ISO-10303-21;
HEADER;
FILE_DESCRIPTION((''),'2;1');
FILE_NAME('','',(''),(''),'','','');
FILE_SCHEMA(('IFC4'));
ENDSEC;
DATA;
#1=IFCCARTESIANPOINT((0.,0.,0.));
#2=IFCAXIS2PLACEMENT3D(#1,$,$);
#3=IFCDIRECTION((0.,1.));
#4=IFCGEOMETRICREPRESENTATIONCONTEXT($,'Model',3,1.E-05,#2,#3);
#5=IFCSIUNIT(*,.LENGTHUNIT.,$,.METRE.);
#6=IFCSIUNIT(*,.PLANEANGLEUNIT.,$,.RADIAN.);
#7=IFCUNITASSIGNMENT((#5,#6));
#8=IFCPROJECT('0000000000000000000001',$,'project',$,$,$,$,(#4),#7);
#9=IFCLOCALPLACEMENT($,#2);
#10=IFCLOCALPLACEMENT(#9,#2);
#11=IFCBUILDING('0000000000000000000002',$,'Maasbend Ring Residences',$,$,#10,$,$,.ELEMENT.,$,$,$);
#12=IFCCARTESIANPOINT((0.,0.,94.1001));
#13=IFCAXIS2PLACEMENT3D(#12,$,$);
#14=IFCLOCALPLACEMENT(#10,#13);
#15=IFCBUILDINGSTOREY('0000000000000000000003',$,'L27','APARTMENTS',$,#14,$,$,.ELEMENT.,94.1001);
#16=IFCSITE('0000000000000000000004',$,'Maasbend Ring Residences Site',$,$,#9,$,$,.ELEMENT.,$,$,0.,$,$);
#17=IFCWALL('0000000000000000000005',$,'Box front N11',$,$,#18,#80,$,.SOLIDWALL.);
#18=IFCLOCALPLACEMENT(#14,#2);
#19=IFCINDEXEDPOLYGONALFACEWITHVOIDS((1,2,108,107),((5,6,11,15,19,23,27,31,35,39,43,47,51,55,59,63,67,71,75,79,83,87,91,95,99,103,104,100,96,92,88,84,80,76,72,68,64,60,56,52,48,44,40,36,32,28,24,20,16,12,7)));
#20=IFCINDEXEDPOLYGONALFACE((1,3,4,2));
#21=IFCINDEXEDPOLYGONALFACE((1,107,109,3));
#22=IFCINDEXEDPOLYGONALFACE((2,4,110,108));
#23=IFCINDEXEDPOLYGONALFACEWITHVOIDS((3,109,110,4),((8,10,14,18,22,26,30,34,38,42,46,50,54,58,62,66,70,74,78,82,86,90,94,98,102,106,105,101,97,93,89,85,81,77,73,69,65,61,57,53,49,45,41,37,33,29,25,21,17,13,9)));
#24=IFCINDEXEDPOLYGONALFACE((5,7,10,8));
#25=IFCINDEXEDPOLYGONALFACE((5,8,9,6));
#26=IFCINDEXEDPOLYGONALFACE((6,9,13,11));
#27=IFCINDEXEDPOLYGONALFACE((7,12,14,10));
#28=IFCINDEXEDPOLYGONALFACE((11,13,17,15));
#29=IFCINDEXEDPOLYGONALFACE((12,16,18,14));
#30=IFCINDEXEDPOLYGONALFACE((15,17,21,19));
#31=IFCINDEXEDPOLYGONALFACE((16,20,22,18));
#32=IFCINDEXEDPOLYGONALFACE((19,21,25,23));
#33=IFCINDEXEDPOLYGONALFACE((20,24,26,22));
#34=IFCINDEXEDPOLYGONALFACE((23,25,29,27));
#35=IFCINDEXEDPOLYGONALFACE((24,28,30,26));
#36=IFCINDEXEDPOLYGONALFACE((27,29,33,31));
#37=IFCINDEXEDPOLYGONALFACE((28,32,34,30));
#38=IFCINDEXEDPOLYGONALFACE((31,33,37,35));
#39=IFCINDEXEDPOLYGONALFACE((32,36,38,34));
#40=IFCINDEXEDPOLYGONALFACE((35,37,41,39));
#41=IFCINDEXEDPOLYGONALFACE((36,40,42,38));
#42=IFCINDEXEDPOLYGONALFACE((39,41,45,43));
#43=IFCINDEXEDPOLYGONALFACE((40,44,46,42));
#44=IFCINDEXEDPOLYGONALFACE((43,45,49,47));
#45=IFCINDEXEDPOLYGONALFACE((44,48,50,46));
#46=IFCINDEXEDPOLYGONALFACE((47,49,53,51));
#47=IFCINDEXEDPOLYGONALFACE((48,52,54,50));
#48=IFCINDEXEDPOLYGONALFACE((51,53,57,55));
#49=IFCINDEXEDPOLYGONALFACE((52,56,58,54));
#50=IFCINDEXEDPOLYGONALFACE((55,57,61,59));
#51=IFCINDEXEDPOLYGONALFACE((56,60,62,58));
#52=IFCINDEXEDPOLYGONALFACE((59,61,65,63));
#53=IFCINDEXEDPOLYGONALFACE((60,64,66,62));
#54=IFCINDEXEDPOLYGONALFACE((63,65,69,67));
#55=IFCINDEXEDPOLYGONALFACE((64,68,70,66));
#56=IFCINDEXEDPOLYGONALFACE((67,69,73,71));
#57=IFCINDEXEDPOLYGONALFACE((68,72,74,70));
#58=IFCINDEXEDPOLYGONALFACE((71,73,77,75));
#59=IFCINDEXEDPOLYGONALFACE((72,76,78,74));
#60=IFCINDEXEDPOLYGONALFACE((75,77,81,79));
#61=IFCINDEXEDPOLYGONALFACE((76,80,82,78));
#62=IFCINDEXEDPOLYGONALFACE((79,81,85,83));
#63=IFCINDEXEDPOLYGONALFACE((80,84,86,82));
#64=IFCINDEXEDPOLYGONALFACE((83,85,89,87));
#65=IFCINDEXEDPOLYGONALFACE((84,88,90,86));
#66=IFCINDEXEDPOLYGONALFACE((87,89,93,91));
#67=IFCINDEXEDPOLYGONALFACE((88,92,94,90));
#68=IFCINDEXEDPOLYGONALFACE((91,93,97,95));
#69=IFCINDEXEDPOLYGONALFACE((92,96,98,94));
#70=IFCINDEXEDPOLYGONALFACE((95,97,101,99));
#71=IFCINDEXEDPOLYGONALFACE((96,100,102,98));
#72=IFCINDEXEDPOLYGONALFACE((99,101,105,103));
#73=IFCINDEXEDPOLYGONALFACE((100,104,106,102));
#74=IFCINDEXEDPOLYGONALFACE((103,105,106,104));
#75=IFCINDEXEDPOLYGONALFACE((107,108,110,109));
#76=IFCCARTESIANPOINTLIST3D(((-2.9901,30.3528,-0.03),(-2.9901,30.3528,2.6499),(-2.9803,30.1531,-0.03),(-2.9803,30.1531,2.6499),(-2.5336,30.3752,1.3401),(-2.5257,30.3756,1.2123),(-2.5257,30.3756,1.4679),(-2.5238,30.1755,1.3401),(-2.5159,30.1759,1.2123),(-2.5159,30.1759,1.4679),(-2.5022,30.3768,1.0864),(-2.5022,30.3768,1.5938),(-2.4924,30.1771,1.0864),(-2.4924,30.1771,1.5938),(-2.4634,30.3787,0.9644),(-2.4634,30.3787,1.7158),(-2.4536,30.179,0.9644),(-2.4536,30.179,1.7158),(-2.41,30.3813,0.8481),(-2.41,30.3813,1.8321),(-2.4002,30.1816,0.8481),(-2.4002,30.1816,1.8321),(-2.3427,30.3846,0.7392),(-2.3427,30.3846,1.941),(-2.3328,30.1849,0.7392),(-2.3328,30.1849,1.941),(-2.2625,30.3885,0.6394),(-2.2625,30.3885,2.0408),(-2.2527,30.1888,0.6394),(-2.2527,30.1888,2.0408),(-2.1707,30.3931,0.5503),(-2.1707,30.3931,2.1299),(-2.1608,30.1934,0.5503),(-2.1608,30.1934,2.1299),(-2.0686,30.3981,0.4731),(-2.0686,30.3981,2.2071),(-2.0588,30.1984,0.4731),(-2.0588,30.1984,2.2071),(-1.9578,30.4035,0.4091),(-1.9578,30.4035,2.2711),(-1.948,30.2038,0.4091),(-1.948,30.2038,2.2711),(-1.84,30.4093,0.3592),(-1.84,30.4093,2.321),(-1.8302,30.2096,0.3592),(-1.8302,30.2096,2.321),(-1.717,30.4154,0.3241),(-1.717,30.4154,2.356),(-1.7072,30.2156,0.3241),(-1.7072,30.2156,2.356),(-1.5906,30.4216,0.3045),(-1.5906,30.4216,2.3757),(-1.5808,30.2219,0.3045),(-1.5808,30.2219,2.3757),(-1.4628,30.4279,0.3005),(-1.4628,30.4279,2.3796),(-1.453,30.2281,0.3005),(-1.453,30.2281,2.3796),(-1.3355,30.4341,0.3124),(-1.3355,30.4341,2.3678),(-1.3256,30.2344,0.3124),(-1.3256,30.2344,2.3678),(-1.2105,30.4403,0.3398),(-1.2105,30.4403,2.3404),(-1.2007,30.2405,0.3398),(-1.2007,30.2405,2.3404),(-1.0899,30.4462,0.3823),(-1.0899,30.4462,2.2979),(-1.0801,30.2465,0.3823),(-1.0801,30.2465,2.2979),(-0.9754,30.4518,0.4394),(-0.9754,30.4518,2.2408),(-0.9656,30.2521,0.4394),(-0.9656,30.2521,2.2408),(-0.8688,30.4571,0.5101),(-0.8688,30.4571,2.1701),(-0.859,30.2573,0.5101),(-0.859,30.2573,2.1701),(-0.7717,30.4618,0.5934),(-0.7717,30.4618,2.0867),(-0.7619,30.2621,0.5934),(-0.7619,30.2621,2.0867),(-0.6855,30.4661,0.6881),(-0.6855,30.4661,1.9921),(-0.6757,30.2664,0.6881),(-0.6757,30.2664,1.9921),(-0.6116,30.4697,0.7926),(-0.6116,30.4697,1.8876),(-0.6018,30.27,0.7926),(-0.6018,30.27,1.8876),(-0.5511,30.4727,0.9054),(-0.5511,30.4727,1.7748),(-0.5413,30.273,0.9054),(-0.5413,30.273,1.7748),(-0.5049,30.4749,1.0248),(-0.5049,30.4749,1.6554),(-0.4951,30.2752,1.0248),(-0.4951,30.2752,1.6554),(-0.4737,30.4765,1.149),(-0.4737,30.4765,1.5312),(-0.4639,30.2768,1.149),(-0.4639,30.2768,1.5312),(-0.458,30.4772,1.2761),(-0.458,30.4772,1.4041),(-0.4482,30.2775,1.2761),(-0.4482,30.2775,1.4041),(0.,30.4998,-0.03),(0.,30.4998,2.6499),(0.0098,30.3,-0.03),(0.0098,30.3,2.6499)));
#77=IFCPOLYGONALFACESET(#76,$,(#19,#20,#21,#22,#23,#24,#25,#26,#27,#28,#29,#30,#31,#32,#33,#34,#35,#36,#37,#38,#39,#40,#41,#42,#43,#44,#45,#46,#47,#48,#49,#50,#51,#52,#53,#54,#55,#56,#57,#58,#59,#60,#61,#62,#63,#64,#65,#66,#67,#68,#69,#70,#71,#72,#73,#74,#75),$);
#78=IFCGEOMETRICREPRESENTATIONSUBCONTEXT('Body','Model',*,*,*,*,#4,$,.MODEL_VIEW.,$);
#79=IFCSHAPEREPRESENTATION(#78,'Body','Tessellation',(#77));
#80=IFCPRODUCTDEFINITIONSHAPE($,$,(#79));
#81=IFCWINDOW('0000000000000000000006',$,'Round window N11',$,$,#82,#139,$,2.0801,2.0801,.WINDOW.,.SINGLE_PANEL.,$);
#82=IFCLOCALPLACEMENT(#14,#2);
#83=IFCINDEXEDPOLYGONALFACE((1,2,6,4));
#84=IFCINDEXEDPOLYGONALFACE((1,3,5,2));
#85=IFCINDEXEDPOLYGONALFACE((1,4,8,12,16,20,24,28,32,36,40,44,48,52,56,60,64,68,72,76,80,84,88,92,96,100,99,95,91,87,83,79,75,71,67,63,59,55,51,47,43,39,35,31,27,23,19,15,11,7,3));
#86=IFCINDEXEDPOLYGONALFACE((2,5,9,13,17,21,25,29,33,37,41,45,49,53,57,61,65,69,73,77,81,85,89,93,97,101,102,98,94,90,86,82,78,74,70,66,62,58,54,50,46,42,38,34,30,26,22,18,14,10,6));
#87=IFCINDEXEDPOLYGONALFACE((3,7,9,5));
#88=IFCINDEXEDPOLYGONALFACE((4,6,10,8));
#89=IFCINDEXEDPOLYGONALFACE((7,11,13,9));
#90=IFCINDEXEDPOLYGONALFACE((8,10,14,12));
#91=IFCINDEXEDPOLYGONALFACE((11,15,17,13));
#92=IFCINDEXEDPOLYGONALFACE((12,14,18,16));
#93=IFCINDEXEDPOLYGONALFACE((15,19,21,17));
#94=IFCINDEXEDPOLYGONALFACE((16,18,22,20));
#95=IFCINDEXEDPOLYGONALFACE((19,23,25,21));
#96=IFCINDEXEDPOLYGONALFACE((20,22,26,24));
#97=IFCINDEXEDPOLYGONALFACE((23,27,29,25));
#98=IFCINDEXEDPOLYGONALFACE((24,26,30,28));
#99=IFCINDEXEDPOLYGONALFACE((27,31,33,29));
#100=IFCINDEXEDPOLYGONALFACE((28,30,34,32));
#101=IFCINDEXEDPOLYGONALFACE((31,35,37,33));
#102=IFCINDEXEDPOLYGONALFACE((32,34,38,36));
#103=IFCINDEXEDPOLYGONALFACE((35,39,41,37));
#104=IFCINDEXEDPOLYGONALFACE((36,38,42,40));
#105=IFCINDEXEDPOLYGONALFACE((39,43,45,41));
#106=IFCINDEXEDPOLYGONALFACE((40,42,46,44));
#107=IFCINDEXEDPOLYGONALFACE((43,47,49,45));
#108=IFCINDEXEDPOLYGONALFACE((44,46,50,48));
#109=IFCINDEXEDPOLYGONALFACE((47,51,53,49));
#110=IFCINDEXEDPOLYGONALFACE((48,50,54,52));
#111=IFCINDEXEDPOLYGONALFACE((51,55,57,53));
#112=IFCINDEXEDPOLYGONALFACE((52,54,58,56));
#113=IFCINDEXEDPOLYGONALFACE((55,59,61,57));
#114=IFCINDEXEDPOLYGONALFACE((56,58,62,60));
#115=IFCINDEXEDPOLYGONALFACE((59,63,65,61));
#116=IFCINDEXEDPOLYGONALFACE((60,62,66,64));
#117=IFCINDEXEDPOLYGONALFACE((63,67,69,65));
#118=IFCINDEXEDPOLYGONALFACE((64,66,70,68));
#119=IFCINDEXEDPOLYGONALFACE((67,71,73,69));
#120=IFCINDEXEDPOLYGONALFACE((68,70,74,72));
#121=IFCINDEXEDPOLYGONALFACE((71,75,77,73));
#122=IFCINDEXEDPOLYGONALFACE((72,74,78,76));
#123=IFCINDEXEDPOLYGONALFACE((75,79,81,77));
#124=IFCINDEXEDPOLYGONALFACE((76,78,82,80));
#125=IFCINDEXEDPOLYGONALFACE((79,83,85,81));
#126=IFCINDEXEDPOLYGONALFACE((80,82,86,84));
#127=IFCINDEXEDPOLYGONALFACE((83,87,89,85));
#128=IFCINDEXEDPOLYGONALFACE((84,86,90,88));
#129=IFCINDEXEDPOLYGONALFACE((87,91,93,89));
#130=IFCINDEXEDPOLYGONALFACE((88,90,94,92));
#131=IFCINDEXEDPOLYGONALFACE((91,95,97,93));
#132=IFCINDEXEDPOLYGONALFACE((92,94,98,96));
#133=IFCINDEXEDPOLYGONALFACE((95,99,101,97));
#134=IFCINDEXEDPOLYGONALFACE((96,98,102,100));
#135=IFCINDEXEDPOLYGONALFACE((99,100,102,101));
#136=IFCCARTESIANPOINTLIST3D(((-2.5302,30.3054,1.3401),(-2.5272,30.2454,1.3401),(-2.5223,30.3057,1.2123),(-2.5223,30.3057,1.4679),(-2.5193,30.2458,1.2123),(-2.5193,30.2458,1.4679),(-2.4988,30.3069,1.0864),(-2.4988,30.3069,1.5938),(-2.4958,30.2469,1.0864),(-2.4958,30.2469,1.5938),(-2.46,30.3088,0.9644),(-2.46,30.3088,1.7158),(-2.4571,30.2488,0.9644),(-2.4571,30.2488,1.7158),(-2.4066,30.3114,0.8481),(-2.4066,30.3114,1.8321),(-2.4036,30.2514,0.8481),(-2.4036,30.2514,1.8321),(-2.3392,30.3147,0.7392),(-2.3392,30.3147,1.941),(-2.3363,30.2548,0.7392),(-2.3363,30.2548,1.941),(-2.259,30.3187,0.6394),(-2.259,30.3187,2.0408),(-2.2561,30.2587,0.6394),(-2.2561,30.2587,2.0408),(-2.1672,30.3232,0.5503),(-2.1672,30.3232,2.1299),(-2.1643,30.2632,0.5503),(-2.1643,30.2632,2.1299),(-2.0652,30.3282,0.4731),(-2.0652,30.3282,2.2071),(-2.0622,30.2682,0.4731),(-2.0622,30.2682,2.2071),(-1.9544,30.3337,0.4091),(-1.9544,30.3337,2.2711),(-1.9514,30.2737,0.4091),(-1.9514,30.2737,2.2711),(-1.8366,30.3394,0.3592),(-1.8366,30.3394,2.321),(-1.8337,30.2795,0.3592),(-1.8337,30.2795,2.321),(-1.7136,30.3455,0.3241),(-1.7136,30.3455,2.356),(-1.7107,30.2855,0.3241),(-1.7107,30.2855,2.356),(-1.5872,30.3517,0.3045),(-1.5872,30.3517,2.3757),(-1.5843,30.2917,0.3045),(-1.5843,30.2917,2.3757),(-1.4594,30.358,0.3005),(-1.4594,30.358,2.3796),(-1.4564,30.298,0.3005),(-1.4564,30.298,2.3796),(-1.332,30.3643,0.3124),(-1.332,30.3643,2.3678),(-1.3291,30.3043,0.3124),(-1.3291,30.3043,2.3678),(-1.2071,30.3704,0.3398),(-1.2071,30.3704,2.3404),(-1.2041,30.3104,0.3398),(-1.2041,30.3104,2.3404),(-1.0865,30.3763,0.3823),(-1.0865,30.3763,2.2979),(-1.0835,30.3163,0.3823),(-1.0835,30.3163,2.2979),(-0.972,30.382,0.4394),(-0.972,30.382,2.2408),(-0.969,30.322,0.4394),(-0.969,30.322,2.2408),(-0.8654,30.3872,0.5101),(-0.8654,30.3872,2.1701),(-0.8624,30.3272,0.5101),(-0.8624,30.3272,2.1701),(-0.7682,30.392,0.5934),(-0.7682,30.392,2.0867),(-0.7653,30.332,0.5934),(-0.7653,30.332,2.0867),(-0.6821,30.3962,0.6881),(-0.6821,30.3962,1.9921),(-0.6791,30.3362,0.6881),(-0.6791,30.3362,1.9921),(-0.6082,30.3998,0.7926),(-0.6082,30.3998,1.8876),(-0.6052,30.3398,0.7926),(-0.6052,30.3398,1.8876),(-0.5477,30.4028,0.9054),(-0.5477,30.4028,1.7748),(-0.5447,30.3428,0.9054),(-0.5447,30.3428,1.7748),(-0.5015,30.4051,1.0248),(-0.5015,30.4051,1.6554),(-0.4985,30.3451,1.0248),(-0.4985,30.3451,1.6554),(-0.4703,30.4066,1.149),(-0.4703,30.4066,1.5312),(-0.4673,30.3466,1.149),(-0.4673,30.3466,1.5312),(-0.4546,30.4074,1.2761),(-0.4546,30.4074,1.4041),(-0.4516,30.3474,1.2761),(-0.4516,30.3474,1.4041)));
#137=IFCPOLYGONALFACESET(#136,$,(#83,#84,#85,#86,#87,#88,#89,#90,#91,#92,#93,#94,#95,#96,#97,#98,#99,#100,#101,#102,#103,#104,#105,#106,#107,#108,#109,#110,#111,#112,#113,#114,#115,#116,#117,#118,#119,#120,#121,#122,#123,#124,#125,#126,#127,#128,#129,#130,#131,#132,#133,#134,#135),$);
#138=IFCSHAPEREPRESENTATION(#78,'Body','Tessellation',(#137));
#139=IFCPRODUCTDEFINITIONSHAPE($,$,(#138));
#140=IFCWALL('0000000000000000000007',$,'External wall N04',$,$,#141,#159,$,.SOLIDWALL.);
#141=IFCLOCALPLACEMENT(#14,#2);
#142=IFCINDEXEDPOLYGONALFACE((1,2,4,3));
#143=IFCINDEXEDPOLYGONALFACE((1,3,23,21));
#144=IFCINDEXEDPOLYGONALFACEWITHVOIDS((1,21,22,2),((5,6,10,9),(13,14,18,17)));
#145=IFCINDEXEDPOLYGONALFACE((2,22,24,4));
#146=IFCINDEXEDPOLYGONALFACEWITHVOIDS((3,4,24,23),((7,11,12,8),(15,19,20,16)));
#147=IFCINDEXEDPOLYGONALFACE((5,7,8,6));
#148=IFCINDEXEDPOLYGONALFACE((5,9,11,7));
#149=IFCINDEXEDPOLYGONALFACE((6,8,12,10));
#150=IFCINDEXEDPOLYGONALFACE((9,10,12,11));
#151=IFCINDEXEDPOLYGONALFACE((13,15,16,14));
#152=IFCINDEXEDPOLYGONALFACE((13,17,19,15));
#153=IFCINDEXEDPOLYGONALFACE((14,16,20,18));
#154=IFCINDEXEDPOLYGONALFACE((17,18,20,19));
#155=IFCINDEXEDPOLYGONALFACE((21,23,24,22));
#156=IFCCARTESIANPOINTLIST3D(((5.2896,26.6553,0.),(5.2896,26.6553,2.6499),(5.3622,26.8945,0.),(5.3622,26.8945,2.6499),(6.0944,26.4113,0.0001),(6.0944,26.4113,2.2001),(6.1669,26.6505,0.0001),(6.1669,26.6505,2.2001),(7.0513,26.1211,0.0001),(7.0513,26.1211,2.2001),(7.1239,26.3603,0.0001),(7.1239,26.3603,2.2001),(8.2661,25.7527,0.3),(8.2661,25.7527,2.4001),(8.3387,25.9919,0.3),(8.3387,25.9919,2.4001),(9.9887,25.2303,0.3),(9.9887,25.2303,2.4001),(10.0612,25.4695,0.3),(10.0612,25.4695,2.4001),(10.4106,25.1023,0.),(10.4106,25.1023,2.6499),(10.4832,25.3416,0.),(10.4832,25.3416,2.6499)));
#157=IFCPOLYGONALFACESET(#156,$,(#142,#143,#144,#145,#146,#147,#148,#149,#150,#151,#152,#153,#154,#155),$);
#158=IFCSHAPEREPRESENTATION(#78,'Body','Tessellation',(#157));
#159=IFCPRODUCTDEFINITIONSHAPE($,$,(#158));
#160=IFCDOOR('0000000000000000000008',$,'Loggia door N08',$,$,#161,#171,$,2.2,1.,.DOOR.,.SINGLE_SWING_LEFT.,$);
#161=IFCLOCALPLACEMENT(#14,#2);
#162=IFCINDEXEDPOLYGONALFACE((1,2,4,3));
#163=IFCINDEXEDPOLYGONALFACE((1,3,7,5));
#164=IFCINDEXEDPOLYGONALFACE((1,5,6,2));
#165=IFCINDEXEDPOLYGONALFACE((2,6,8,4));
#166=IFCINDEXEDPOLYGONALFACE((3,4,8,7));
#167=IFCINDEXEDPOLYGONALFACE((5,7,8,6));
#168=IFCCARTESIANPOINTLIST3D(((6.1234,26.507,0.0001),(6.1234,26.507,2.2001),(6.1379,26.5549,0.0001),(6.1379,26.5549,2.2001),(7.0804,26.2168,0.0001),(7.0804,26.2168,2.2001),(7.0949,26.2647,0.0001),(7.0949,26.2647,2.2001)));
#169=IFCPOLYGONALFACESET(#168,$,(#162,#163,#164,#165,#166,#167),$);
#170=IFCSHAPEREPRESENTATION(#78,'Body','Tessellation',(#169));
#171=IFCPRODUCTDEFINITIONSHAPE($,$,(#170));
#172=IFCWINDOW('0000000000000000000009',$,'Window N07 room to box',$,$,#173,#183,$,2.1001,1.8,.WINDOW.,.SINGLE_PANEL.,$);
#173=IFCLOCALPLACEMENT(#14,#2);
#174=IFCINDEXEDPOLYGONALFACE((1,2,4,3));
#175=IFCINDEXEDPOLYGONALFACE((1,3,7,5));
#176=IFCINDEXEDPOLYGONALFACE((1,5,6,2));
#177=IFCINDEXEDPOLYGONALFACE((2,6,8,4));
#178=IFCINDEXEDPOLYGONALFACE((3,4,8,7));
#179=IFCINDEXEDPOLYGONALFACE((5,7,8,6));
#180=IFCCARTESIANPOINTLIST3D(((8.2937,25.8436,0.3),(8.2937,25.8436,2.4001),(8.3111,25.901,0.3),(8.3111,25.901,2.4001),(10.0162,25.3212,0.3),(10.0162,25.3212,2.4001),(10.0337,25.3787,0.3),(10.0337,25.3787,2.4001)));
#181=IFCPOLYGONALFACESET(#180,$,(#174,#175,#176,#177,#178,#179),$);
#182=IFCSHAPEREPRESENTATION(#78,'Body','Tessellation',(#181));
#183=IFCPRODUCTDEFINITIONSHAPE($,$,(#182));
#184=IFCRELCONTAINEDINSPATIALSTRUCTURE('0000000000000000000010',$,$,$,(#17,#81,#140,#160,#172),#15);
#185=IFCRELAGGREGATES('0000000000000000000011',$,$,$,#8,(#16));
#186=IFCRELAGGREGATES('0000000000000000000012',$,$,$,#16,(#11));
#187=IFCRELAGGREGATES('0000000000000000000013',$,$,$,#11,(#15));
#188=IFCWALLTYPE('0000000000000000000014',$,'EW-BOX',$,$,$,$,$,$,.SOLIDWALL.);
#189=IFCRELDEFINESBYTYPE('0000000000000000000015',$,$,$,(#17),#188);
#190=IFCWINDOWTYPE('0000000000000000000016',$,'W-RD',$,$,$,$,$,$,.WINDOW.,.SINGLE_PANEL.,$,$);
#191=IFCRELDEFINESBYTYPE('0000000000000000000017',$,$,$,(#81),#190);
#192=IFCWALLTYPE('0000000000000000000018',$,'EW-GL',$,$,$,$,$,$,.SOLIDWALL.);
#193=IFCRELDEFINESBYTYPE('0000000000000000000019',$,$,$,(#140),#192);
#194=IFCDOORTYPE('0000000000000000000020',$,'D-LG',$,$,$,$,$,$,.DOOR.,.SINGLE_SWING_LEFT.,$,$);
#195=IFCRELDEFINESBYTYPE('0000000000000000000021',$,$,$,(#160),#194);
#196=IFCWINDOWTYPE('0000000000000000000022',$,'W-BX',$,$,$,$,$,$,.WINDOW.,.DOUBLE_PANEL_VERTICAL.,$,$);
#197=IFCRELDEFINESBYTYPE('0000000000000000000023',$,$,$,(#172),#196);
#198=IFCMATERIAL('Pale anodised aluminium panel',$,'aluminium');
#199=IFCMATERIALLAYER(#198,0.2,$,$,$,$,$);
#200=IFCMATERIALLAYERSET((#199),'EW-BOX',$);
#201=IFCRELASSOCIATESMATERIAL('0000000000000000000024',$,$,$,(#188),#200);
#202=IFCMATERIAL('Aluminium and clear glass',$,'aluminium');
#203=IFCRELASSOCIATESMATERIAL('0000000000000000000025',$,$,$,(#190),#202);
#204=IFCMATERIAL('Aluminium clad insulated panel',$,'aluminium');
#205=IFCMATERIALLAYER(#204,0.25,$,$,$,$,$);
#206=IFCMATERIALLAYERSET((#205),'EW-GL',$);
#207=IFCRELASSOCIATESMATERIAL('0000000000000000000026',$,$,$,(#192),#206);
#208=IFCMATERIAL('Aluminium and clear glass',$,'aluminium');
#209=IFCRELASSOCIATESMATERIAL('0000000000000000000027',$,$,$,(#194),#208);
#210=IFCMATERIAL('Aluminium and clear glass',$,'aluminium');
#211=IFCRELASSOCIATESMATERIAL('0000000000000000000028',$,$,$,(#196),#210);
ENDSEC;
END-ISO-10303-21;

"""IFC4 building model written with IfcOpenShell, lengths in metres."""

from ifc_helpers import new_model, si_unit, direction, frame, frame_2d, origin, place, context, subcontext, project, spatial, rectangle, circle, extrude, material, layer, layer_set, type_object, element, fill, save


model = new_model("IFC4")

# Units and contexts
model_context = context("Model", 3, precision=1e-05, world=origin(), true_north=direction((0.0, 1.0)))
body_context = subcontext(model_context, "Body", "Model", "MODEL_VIEW")
ifc_project = project(units=[si_unit("LENGTHUNIT", "METRE"), si_unit("PLANEANGLEUNIT", "RADIAN")], contexts=[model_context])

# Site, building, storey
site_placement = place(None, origin())
site = spatial("IfcSite", under=ifc_project, at=site_placement, Name="Maasbend Ring Residences Site", CompositionType="ELEMENT", RefElevation=0.0)
building_placement = place(site_placement, origin())
building = spatial("IfcBuilding", under=site, at=building_placement, Name="Maasbend Ring Residences", CompositionType="ELEMENT")
storey_placement = place(building_placement, frame((0.0, 0.0, 94.1001)))
storey = spatial("IfcBuildingStorey", under=building, at=storey_placement, Name="L27", Description="APARTMENTS", CompositionType="ELEMENT", Elevation=94.1001)

# Shared definitions
ifc_material_1 = material(Name="Pale anodised aluminium panel", Category="aluminium")
ifc_layer_1 = layer(ifc_material_1, 0.2)
ifc_layer_set_1 = layer_set([ifc_layer_1], Name="EW-BOX")
wall_type_1 = type_object("IfcWallType", Name="EW-BOX", PredefinedType="SOLIDWALL", material=ifc_layer_set_1)

# Shared definitions
ifc_material_2 = material(Name="Aluminium and clear glass", Category="aluminium")
window_type_1 = type_object("IfcWindowType", Name="W-RD", PartitioningType="SINGLE_PANEL", PredefinedType="WINDOW", material=ifc_material_2)

# Wall, opening, window
wall_1_placement = place(storey_placement, frame((0.0049, 30.3999, -0.03), z_axis=(0.0, 0.0, 1.0), x_axis=(-0.998794, -0.049096, 0.0)))
wall_1 = element("IfcWall", 1, at=wall_1_placement, inside=storey, type_object=wall_type_1, Name="Box front N11", PredefinedType="SOLIDWALL", context=body_context, shape_type="SweptSolid", body=[
    extrude(rectangle(XDim=2.9937, YDim=0.2, at=frame_2d((1.4968, 0.0))), origin(), (0.0, 0.0, 1.0), 2.6799),
])
opening_1_placement = place(wall_1_placement, frame((0.4565, 0.0, 0.3301)))
opening_1 = element("IfcOpeningElement", 2, at=opening_1_placement, cuts=wall_1, PredefinedType="OPENING", context=body_context, shape_type="SweptSolid", body=[
    extrude(circle(Radius=1.04, at=frame_2d((1.04, 1.04))), frame((0.0, 0.1099, 0.0), z_axis=(0.0, -1.0, 0.0), x_axis=(1.0, 0.0, 0.0)), (0.0, 0.0, 1.0), 0.22),
])
window_1_placement = place(opening_1_placement, origin())
window_1 = element("IfcWindow", 3, at=window_1_placement, inside=storey, type_object=window_type_1, Name="Round window N11", OverallHeight=2.0801, OverallWidth=2.0801, PartitioningType="SINGLE_PANEL", PredefinedType="WINDOW", context=body_context, shape_type="SweptSolid", body=[
    extrude(circle(Radius=1.04, at=frame_2d((1.04, 1.04))), frame((0.0, 0.03, 0.0), z_axis=(0.0, -1.0, 0.0), x_axis=(1.0, 0.0, 0.0)), (0.0, 0.0, 1.0), 0.0601),
])
fill(opening_1, window_1)

# Wall, openings, door, window
ifc_material_3 = material(Name="Aluminium clad insulated panel", Category="aluminium")
ifc_layer_2 = layer(ifc_material_3, 0.25)
ifc_layer_set_2 = layer_set([ifc_layer_2], Name="EW-GL")
wall_type_2 = type_object("IfcWallType", Name="EW-GL", PredefinedType="SOLIDWALL", material=ifc_layer_set_2)
wall_2_placement = place(storey_placement, frame((10.447, 25.2219, 0.0), z_axis=(0.0, 0.0, 1.0), x_axis=(-0.956966, 0.290201, 0.0)))
wall_2 = element("IfcWall", 4, at=wall_2_placement, inside=storey, type_object=wall_type_2, Name="External wall N04", PredefinedType="SOLIDWALL", context=body_context, shape_type="SweptSolid", body=[
    extrude(rectangle(XDim=5.3513, YDim=0.25, at=frame_2d((2.6758, 0.0))), origin(), (0.0, 0.0, 1.0), 2.6499),
])
opening_2_placement = place(wall_2_placement, frame((0.4412, 0.0, 0.3)))
opening_2 = element("IfcOpeningElement", 5, at=opening_2_placement, cuts=wall_2, PredefinedType="OPENING", context=body_context, shape_type="SweptSolid", body=[
    extrude(rectangle(XDim=1.8, YDim=2.1001, at=frame_2d((0.8999, 1.05))), frame((0.0, 0.135, 0.0), z_axis=(0.0, -1.0, 0.0), x_axis=(1.0, 0.0, 0.0)), (0.0, 0.0, 1.0), 0.27),
])
opening_3_placement = place(wall_2_placement, frame((3.5105, 0.0, 0.0)))
opening_3 = element("IfcOpeningElement", 6, at=opening_3_placement, cuts=wall_2, PredefinedType="OPENING", context=body_context, shape_type="SweptSolid", body=[
    extrude(rectangle(XDim=1.0, YDim=2.2, at=frame_2d((0.5, 1.1001))), frame((0.0, 0.135, 0.0), z_axis=(0.0, -1.0, 0.0), x_axis=(1.0, 0.0, 0.0)), (0.0, 0.0, 1.0), 0.27),
])
ifc_material_4 = material(Name="Aluminium and clear glass", Category="aluminium")
door_type_1 = type_object("IfcDoorType", Name="D-LG", OperationType="SINGLE_SWING_LEFT", PredefinedType="DOOR", material=ifc_material_4)
door_1_placement = place(opening_3_placement, origin())
door_1 = element("IfcDoor", 7, at=door_1_placement, inside=storey, type_object=door_type_1, Name="Loggia door N08", OperationType="SINGLE_SWING_LEFT", OverallHeight=2.2, OverallWidth=1.0, PredefinedType="DOOR", context=body_context, shape_type="SweptSolid", body=[
    extrude(rectangle(XDim=1.0, YDim=2.2, at=frame_2d((0.5, 1.1001))), frame((0.0, 0.0249, 0.0), z_axis=(0.0, -1.0, 0.0), x_axis=(1.0, 0.0, 0.0)), (0.0, 0.0, 1.0), 0.05),
])
fill(opening_3, door_1)
ifc_material_5 = material(Name="Aluminium and clear glass", Category="aluminium")
window_type_2 = type_object("IfcWindowType", Name="W-BX", PartitioningType="DOUBLE_PANEL_VERTICAL", PredefinedType="WINDOW", material=ifc_material_5)
window_2_placement = place(opening_2_placement, origin())
window_2 = element("IfcWindow", 8, at=window_2_placement, inside=storey, type_object=window_type_2, Name="Window N07 room to box", OverallHeight=2.1001, OverallWidth=1.8, PartitioningType="SINGLE_PANEL", PredefinedType="WINDOW", context=body_context, shape_type="SweptSolid", body=[
    extrude(rectangle(XDim=1.8, YDim=2.1001, at=frame_2d((0.8999, 1.05))), frame((0.0, 0.03, 0.0), z_axis=(0.0, -1.0, 0.0), x_axis=(1.0, 0.0, 0.0)), (0.0, 0.0, 1.0), 0.0601),
])
fill(opening_2, window_2)

save(model, "model.ifc")
